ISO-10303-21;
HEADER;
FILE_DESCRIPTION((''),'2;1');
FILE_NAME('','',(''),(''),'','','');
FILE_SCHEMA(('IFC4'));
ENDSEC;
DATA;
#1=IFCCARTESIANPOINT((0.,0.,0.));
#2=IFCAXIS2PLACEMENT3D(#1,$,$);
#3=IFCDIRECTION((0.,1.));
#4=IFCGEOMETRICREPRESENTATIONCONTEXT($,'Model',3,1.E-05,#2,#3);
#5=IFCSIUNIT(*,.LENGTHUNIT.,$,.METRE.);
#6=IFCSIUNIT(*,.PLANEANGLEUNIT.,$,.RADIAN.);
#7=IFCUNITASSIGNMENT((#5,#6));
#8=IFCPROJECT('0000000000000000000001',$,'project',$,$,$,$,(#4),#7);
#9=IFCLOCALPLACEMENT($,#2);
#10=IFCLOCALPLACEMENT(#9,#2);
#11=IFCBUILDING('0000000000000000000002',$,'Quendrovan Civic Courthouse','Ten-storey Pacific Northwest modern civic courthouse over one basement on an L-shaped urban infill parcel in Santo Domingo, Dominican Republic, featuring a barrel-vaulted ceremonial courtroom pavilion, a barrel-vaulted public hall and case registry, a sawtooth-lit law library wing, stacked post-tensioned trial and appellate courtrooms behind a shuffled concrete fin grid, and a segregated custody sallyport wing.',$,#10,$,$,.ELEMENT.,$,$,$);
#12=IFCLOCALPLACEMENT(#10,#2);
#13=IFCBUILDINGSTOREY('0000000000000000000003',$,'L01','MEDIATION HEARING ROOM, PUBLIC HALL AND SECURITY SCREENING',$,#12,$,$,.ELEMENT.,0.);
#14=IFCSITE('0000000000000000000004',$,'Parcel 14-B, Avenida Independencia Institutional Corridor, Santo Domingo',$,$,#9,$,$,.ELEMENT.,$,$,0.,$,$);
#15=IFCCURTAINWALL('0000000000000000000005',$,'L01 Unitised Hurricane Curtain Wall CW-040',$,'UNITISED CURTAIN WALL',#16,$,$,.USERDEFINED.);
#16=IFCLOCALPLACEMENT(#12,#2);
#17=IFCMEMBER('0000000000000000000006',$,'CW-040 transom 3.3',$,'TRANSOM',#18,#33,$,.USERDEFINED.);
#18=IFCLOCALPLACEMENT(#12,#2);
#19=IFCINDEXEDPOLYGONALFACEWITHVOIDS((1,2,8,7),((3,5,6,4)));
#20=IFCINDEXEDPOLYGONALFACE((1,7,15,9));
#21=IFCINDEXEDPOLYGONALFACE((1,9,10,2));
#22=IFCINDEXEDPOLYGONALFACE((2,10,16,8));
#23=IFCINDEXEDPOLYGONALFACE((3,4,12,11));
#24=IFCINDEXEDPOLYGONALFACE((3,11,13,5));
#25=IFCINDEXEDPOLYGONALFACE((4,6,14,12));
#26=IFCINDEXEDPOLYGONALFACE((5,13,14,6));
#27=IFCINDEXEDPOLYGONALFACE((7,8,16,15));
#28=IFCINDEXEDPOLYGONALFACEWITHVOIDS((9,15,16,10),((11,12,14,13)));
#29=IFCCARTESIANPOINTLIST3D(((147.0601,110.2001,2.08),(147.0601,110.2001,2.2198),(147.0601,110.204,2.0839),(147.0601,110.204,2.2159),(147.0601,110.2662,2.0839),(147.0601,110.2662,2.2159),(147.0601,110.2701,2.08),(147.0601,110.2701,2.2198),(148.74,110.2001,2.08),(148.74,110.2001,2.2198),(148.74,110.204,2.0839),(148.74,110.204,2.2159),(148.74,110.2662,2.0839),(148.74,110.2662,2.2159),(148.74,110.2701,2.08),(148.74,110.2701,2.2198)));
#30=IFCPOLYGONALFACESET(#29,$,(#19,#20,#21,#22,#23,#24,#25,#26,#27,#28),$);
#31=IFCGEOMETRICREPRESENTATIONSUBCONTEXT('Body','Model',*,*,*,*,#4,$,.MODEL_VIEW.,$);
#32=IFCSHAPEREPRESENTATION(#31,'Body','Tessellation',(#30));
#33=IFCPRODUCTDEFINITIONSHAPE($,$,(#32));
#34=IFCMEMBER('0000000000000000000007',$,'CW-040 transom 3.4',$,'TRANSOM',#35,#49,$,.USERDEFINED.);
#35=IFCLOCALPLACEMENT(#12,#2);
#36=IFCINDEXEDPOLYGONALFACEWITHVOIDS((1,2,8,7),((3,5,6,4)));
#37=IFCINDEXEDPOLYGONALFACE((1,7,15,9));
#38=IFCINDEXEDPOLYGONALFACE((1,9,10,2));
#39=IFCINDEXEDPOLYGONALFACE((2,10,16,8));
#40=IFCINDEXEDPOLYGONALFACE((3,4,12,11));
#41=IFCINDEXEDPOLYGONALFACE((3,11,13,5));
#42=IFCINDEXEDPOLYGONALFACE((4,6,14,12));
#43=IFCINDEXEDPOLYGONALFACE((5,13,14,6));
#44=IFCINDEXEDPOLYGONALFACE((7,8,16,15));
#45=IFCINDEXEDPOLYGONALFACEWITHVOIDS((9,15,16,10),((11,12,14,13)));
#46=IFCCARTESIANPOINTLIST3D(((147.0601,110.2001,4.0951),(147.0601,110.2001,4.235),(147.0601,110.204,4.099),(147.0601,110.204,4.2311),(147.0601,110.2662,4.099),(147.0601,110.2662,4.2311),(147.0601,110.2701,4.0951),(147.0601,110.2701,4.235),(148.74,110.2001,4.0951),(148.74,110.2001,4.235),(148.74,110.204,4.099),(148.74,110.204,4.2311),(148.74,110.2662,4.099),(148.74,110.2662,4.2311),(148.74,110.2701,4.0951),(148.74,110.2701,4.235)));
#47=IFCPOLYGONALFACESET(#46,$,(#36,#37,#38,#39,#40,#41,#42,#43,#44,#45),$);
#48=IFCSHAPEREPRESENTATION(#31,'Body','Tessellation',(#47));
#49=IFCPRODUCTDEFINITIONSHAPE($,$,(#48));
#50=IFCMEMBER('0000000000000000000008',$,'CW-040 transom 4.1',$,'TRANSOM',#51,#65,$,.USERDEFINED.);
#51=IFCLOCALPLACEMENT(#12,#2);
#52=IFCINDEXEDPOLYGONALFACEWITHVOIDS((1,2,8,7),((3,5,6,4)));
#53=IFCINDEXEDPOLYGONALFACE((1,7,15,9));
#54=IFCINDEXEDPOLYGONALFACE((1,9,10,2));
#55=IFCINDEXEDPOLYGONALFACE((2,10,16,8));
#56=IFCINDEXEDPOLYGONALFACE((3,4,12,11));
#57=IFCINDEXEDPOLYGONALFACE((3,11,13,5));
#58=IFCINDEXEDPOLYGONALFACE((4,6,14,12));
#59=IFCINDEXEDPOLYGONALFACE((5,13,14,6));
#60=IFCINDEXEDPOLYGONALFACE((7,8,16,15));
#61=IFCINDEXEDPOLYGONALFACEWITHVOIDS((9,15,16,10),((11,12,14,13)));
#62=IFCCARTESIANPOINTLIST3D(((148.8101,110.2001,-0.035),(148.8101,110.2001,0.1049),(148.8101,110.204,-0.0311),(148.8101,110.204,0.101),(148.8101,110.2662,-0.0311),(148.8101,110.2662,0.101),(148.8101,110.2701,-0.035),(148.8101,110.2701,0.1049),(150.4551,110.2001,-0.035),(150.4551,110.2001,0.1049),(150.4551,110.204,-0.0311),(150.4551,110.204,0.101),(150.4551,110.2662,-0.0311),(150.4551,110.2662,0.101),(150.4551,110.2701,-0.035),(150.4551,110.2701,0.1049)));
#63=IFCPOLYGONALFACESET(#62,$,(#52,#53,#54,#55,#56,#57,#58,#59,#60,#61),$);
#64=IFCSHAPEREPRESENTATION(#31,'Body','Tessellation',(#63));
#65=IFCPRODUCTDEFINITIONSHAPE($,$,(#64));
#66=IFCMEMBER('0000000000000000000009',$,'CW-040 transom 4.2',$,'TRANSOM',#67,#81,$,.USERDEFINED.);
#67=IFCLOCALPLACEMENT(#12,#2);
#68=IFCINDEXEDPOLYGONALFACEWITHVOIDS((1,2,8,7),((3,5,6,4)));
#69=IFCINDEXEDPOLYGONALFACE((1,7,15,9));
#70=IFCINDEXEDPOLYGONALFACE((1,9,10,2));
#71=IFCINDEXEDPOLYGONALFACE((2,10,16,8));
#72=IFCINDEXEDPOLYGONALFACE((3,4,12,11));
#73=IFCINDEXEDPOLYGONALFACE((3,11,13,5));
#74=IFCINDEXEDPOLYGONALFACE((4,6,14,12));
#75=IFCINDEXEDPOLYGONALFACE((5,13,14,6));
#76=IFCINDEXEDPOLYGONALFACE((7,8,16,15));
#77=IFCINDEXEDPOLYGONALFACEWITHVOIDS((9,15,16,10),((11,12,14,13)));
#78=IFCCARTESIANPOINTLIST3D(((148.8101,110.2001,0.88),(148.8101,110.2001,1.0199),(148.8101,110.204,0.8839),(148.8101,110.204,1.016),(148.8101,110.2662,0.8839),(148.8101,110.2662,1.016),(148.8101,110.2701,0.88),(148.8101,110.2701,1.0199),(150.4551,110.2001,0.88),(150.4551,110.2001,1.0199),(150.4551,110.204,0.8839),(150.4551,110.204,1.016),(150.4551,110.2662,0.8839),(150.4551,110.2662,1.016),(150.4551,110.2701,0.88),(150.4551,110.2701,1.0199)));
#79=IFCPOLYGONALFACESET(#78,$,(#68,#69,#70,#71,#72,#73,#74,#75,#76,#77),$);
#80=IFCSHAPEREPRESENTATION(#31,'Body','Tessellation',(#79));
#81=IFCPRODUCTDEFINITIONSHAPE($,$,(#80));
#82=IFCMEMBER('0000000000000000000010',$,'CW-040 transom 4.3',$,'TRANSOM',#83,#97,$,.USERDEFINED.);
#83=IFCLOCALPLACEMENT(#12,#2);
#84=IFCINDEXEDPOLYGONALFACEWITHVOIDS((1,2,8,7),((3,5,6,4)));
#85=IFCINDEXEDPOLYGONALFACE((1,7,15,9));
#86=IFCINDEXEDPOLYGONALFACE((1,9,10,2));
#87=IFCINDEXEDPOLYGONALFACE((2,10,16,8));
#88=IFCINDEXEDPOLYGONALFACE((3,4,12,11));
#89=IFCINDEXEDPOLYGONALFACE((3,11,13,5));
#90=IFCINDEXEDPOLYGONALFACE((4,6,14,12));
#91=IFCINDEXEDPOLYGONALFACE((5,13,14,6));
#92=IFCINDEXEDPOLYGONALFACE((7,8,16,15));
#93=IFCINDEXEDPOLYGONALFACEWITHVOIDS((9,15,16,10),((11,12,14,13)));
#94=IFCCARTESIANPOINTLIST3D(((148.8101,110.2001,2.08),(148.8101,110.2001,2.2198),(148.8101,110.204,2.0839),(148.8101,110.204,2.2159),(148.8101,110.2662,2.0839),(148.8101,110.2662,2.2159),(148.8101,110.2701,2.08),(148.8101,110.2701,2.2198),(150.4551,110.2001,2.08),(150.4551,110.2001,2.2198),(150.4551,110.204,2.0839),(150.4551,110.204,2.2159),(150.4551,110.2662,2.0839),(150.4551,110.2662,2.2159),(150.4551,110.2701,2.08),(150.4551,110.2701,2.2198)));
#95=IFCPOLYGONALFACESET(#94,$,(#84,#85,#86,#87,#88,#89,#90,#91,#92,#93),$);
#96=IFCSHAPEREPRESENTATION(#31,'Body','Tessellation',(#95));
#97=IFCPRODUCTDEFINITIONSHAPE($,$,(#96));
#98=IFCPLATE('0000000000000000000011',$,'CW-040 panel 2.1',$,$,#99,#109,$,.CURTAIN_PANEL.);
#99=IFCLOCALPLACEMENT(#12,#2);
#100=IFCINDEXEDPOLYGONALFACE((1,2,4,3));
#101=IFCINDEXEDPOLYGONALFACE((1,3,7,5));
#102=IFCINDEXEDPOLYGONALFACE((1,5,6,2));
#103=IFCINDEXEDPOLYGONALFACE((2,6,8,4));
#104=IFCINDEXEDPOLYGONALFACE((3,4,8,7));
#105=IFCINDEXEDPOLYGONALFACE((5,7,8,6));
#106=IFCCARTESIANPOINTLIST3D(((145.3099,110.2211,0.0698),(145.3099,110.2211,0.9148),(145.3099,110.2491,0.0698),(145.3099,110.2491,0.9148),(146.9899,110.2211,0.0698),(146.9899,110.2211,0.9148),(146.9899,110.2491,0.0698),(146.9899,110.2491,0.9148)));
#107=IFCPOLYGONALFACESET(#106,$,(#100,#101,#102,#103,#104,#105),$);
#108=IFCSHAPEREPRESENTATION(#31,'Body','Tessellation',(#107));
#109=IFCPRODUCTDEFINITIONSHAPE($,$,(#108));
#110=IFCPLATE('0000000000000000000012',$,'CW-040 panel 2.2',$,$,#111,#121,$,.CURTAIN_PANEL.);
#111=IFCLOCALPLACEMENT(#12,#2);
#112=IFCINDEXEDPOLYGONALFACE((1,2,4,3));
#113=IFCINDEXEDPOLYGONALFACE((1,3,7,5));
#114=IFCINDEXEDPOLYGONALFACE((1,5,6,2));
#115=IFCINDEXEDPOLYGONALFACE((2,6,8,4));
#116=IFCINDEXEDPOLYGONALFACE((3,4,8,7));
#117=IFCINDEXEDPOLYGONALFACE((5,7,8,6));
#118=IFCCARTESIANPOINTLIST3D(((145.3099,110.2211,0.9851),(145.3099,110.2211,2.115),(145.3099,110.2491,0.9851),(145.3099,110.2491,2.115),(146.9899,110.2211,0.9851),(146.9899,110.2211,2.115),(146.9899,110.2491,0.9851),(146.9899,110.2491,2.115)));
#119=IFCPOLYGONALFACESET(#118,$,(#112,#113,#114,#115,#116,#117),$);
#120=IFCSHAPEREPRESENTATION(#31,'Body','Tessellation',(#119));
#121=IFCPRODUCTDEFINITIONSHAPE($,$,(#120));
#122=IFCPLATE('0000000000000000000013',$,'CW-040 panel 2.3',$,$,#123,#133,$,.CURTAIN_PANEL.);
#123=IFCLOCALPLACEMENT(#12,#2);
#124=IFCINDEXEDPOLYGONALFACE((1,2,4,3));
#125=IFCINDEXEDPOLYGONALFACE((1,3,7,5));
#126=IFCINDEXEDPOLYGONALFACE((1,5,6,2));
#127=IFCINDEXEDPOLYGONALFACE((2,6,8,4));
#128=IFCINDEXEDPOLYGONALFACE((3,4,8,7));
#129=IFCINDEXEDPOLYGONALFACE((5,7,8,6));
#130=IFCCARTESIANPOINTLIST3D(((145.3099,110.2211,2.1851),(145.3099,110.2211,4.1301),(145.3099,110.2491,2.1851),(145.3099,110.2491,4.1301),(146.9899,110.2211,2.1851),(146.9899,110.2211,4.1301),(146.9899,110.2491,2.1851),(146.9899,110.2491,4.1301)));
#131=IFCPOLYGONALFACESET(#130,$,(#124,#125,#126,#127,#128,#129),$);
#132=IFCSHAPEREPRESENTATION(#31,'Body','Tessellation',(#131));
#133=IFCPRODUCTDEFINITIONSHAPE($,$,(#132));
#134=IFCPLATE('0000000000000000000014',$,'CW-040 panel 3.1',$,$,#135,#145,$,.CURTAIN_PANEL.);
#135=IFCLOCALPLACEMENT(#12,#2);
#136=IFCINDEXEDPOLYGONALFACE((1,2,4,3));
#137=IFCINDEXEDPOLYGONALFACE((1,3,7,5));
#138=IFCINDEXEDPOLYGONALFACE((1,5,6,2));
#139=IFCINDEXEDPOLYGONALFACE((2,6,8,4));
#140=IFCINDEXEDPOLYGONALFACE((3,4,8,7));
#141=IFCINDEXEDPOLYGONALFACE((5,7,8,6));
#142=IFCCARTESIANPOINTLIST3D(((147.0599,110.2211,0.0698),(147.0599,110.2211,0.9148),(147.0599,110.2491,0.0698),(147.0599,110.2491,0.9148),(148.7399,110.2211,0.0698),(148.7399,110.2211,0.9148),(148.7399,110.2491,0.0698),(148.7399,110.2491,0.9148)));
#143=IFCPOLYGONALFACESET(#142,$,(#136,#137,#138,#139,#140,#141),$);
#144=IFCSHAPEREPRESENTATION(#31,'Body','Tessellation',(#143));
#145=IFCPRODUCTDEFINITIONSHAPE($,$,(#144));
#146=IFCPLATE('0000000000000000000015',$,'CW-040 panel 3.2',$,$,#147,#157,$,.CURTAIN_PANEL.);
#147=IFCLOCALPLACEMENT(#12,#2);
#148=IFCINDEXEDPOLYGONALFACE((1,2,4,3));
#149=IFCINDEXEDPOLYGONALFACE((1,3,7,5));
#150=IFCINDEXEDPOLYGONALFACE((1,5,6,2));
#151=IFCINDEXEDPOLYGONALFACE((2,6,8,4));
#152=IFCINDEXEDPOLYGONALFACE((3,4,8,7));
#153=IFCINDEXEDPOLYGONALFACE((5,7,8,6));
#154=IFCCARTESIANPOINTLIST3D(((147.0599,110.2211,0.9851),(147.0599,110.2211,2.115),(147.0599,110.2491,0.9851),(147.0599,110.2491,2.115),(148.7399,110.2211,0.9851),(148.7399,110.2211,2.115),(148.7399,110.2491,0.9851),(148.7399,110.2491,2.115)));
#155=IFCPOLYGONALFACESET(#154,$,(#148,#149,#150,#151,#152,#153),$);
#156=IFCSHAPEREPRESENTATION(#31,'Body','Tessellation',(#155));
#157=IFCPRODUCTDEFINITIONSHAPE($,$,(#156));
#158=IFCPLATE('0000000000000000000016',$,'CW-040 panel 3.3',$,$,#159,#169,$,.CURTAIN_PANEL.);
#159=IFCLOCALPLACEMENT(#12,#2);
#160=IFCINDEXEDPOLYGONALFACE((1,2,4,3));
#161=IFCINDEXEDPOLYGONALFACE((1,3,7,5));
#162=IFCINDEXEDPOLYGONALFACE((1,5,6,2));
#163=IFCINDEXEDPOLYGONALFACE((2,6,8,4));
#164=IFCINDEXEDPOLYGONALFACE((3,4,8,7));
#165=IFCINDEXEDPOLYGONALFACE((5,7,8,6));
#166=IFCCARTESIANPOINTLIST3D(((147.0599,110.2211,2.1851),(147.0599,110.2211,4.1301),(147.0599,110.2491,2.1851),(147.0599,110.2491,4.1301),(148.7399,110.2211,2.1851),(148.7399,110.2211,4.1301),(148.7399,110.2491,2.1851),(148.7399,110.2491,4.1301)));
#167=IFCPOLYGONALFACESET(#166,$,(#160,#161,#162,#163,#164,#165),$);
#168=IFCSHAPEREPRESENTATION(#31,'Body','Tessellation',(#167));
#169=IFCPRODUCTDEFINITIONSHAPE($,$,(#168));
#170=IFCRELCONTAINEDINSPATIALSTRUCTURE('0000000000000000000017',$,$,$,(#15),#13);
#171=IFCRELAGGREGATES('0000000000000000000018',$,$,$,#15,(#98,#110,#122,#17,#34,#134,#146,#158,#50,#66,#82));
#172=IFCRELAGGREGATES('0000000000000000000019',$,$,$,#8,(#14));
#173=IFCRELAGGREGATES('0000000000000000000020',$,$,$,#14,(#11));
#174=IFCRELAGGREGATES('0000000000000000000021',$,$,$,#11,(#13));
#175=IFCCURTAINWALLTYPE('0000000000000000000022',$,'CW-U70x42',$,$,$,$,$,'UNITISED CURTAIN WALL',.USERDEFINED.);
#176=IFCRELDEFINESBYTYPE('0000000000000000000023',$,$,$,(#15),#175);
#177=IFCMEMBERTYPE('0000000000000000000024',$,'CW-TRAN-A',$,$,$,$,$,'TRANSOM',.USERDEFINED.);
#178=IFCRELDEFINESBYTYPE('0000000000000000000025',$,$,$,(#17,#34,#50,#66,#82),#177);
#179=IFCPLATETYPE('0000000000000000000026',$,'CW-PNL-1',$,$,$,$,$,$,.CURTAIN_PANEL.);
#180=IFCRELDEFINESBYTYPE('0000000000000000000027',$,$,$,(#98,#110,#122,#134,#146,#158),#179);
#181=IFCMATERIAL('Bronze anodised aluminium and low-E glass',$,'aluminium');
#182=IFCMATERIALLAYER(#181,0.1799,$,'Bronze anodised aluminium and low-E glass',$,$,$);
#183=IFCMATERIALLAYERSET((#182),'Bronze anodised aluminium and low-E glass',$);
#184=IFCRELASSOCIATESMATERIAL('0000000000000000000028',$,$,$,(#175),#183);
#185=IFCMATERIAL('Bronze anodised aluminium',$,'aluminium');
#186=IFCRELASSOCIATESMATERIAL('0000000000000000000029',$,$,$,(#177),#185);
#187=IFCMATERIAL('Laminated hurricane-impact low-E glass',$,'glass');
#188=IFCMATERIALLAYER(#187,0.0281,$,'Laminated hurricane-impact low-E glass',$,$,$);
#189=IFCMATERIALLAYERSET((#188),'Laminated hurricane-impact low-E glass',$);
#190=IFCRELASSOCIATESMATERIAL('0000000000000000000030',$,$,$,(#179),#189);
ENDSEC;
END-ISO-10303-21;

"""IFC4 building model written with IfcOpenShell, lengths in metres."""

from ifc_helpers import new_model, si_unit, direction, frame, origin, origin_2d, place, context, subcontext, project, spatial, rectangle, hollow_rectangle, extrude, material, layer, layer_set, material_profile, profile_set, type_object, element, aggregate, save


model = new_model("IFC4")

# Units and contexts
model_context = context("Model", 3, precision=1e-05, world=origin(), true_north=direction((0.0, 1.0)))
body_context = subcontext(model_context, "Body", "Model", "MODEL_VIEW")
ifc_project = project(units=[si_unit("LENGTHUNIT", "METRE"), si_unit("PLANEANGLEUNIT", "RADIAN")], contexts=[model_context])

# Site, building, storey
site_placement = place(None, origin())
site = spatial("IfcSite", under=ifc_project, at=site_placement, Name="Parcel 14-B, Avenida Independencia Institutional Corridor, Santo Domingo", CompositionType="ELEMENT", RefElevation=0.0)
building_placement = place(site_placement, origin())
building = spatial("IfcBuilding", under=site, at=building_placement, Name="Quendrovan Civic Courthouse", Description="Ten-storey Pacific Northwest modern civic courthouse over one basement on an L-shaped urban infill parcel in Santo Domingo, Dominican Republic, featuring a barrel-vaulted ceremonial courtroom pavilion, a barrel-vaulted public hall and case registry, a sawtooth-lit law library wing, stacked post-tensioned trial and appellate courtrooms behind a shuffled concrete fin grid, and a segregated custody sallyport wing.", CompositionType="ELEMENT")
storey_placement = place(building_placement, origin())
storey = spatial("IfcBuildingStorey", under=building, at=storey_placement, Name="L01", Description="MEDIATION HEARING ROOM, PUBLIC HALL AND SECURITY SCREENING", CompositionType="ELEMENT", Elevation=0.0)

# Curtain wall, members, plates
ifc_material_1 = material(Name="Bronze anodised aluminium and low-E glass", Category="aluminium")
ifc_layer_1 = layer(ifc_material_1, 0.1799, Name="Bronze anodised aluminium and low-E glass")
ifc_layer_set_1 = layer_set([ifc_layer_1], Name="Bronze anodised aluminium and low-E glass")
curtain_wall_type = type_object("IfcCurtainWallType", Name="CW-U70x42", ElementType="UNITISED CURTAIN WALL", PredefinedType="USERDEFINED", material=ifc_layer_set_1)
curtain_wall_placement = place(storey_placement, origin())
curtain_wall = element("IfcCurtainWall", 1, at=curtain_wall_placement, inside=storey, type_object=curtain_wall_type, Name="L01 Unitised Hurricane Curtain Wall CW-040", ObjectType="UNITISED CURTAIN WALL", PredefinedType="USERDEFINED")
ifc_material_2 = material(Name="Bronze anodised aluminium", Category="aluminium")
ifc_material_profile_1 = material_profile(ifc_material_2, hollow_rectangle(XDim=0.0701, YDim=0.1399, WallThickness=0.0039, at=origin_2d()), Name="CW-TRAN-70x140")
ifc_profile_set_1 = profile_set([ifc_material_profile_1], Name="Bronze anodised aluminium")
member_type_1 = type_object("IfcMemberType", Name="CW-TRAN-A", ElementType="TRANSOM", PredefinedType="USERDEFINED", material=ifc_profile_set_1)
member_1_placement = place(storey_placement, frame((147.0601, 110.2351, 2.1499), z_axis=(1.0, 0.0, 0.0), x_axis=(0.0, 1.0, 0.0)))
member_1 = element("IfcMember", 2, at=member_1_placement, type_object=member_type_1, Name="CW-040 transom 3.3", ObjectType="TRANSOM", PredefinedType="USERDEFINED", context=body_context, shape_type="SweptSolid", body=[
    extrude(hollow_rectangle(XDim=0.0701, YDim=0.1399, WallThickness=0.0039, at=origin_2d()), origin(), (0.0, 0.0, 1.0), 1.6799),
])
member_2_placement = place(storey_placement, frame((147.0601, 110.2351, 4.165), z_axis=(1.0, 0.0, 0.0), x_axis=(0.0, 1.0, 0.0)))
member_2 = element("IfcMember", 3, at=member_2_placement, type_object=member_type_1, Name="CW-040 transom 3.4", ObjectType="TRANSOM", PredefinedType="USERDEFINED", context=body_context, shape_type="SweptSolid", body=[
    extrude(hollow_rectangle(XDim=0.0701, YDim=0.1399, WallThickness=0.0039, at=origin_2d()), origin(), (0.0, 0.0, 1.0), 1.6799),
])
member_3_placement = place(storey_placement, frame((148.8101, 110.2351, 0.0349), z_axis=(1.0, 0.0, 0.0), x_axis=(0.0, 1.0, 0.0)))
member_3 = element("IfcMember", 4, at=member_3_placement, type_object=member_type_1, Name="CW-040 transom 4.1", ObjectType="TRANSOM", PredefinedType="USERDEFINED", context=body_context, shape_type="SweptSolid", body=[
    extrude(hollow_rectangle(XDim=0.0701, YDim=0.1399, WallThickness=0.0039, at=origin_2d()), origin(), (0.0, 0.0, 1.0), 1.645),
])
member_4_placement = place(storey_placement, frame((148.8101, 110.2351, 0.95), z_axis=(1.0, 0.0, 0.0), x_axis=(0.0, 1.0, 0.0)))
member_4 = element("IfcMember", 5, at=member_4_placement, type_object=member_type_1, Name="CW-040 transom 4.2", ObjectType="TRANSOM", PredefinedType="USERDEFINED", context=body_context, shape_type="SweptSolid", body=[
    extrude(hollow_rectangle(XDim=0.0701, YDim=0.1399, WallThickness=0.0039, at=origin_2d()), origin(), (0.0, 0.0, 1.0), 1.645),
])
member_5_placement = place(storey_placement, frame((148.8101, 110.2351, 2.1499), z_axis=(1.0, 0.0, 0.0), x_axis=(0.0, 1.0, 0.0)))
member_5 = element("IfcMember", 6, at=member_5_placement, type_object=member_type_1, Name="CW-040 transom 4.3", ObjectType="TRANSOM", PredefinedType="USERDEFINED", context=body_context, shape_type="SweptSolid", body=[
    extrude(hollow_rectangle(XDim=0.0701, YDim=0.1399, WallThickness=0.0039, at=origin_2d()), origin(), (0.0, 0.0, 1.0), 1.645),
])
ifc_material_3 = material(Name="Laminated hurricane-impact low-E glass", Category="glass")
ifc_layer_2 = layer(ifc_material_3, 0.0281, Name="Laminated hurricane-impact low-E glass")
ifc_layer_set_2 = layer_set([ifc_layer_2], Name="Laminated hurricane-impact low-E glass")
plate_type = type_object("IfcPlateType", Name="CW-PNL-1", PredefinedType="CURTAIN_PANEL", material=ifc_layer_set_2)
plate_1_placement = place(storey_placement, frame((146.1499, 110.2351, 0.0698), z_axis=(0.0, 0.0, 1.0), x_axis=(1.0, 0.0, 0.0)))
plate_1 = element("IfcPlate", 7, at=plate_1_placement, type_object=plate_type, Name="CW-040 panel 2.1", PredefinedType="CURTAIN_PANEL", context=body_context, shape_type="SweptSolid", body=[
    extrude(rectangle(XDim=1.6799, YDim=0.0281, at=origin_2d()), origin(), (0.0, 0.0, 1.0), 0.845),
])
plate_2_placement = place(storey_placement, frame((146.1499, 110.2351, 0.9851), z_axis=(0.0, 0.0, 1.0), x_axis=(1.0, 0.0, 0.0)))
plate_2 = element("IfcPlate", 8, at=plate_2_placement, type_object=plate_type, Name="CW-040 panel 2.2", PredefinedType="CURTAIN_PANEL", context=body_context, shape_type="SweptSolid", body=[
    extrude(rectangle(XDim=1.6799, YDim=0.0281, at=origin_2d()), origin(), (0.0, 0.0, 1.0), 1.1299),
])
plate_3_placement = place(storey_placement, frame((146.1499, 110.2351, 2.1851), z_axis=(0.0, 0.0, 1.0), x_axis=(1.0, 0.0, 0.0)))
plate_3 = element("IfcPlate", 9, at=plate_3_placement, type_object=plate_type, Name="CW-040 panel 2.3", PredefinedType="CURTAIN_PANEL", context=body_context, shape_type="SweptSolid", body=[
    extrude(rectangle(XDim=1.6799, YDim=0.0281, at=origin_2d()), origin(), (0.0, 0.0, 1.0), 1.9451),
])
plate_4_placement = place(storey_placement, frame((147.8999, 110.2351, 0.0698), z_axis=(0.0, 0.0, 1.0), x_axis=(1.0, 0.0, 0.0)))
plate_4 = element("IfcPlate", 10, at=plate_4_placement, type_object=plate_type, Name="CW-040 panel 3.1", PredefinedType="CURTAIN_PANEL", context=body_context, shape_type="SweptSolid", body=[
    extrude(rectangle(XDim=1.6799, YDim=0.0281, at=origin_2d()), origin(), (0.0, 0.0, 1.0), 0.845),
])
plate_5_placement = place(storey_placement, frame((147.8999, 110.2351, 0.9851), z_axis=(0.0, 0.0, 1.0), x_axis=(1.0, 0.0, 0.0)))
plate_5 = element("IfcPlate", 11, at=plate_5_placement, type_object=plate_type, Name="CW-040 panel 3.2", PredefinedType="CURTAIN_PANEL", context=body_context, shape_type="SweptSolid", body=[
    extrude(rectangle(XDim=1.6799, YDim=0.0281, at=origin_2d()), origin(), (0.0, 0.0, 1.0), 1.1299),
])
plate_6_placement = place(storey_placement, frame((147.8999, 110.2351, 2.1851), z_axis=(0.0, 0.0, 1.0), x_axis=(1.0, 0.0, 0.0)))
plate_6 = element("IfcPlate", 12, at=plate_6_placement, type_object=plate_type, Name="CW-040 panel 3.3", PredefinedType="CURTAIN_PANEL", context=body_context, shape_type="SweptSolid", body=[
    extrude(rectangle(XDim=1.6799, YDim=0.0281, at=origin_2d()), origin(), (0.0, 0.0, 1.0), 1.9451),
])
aggregate(curtain_wall, [plate_1, plate_2, plate_3, member_1, member_2, plate_4, plate_5, plate_6, member_3, member_4, member_5])

save(model, "model.ifc")
